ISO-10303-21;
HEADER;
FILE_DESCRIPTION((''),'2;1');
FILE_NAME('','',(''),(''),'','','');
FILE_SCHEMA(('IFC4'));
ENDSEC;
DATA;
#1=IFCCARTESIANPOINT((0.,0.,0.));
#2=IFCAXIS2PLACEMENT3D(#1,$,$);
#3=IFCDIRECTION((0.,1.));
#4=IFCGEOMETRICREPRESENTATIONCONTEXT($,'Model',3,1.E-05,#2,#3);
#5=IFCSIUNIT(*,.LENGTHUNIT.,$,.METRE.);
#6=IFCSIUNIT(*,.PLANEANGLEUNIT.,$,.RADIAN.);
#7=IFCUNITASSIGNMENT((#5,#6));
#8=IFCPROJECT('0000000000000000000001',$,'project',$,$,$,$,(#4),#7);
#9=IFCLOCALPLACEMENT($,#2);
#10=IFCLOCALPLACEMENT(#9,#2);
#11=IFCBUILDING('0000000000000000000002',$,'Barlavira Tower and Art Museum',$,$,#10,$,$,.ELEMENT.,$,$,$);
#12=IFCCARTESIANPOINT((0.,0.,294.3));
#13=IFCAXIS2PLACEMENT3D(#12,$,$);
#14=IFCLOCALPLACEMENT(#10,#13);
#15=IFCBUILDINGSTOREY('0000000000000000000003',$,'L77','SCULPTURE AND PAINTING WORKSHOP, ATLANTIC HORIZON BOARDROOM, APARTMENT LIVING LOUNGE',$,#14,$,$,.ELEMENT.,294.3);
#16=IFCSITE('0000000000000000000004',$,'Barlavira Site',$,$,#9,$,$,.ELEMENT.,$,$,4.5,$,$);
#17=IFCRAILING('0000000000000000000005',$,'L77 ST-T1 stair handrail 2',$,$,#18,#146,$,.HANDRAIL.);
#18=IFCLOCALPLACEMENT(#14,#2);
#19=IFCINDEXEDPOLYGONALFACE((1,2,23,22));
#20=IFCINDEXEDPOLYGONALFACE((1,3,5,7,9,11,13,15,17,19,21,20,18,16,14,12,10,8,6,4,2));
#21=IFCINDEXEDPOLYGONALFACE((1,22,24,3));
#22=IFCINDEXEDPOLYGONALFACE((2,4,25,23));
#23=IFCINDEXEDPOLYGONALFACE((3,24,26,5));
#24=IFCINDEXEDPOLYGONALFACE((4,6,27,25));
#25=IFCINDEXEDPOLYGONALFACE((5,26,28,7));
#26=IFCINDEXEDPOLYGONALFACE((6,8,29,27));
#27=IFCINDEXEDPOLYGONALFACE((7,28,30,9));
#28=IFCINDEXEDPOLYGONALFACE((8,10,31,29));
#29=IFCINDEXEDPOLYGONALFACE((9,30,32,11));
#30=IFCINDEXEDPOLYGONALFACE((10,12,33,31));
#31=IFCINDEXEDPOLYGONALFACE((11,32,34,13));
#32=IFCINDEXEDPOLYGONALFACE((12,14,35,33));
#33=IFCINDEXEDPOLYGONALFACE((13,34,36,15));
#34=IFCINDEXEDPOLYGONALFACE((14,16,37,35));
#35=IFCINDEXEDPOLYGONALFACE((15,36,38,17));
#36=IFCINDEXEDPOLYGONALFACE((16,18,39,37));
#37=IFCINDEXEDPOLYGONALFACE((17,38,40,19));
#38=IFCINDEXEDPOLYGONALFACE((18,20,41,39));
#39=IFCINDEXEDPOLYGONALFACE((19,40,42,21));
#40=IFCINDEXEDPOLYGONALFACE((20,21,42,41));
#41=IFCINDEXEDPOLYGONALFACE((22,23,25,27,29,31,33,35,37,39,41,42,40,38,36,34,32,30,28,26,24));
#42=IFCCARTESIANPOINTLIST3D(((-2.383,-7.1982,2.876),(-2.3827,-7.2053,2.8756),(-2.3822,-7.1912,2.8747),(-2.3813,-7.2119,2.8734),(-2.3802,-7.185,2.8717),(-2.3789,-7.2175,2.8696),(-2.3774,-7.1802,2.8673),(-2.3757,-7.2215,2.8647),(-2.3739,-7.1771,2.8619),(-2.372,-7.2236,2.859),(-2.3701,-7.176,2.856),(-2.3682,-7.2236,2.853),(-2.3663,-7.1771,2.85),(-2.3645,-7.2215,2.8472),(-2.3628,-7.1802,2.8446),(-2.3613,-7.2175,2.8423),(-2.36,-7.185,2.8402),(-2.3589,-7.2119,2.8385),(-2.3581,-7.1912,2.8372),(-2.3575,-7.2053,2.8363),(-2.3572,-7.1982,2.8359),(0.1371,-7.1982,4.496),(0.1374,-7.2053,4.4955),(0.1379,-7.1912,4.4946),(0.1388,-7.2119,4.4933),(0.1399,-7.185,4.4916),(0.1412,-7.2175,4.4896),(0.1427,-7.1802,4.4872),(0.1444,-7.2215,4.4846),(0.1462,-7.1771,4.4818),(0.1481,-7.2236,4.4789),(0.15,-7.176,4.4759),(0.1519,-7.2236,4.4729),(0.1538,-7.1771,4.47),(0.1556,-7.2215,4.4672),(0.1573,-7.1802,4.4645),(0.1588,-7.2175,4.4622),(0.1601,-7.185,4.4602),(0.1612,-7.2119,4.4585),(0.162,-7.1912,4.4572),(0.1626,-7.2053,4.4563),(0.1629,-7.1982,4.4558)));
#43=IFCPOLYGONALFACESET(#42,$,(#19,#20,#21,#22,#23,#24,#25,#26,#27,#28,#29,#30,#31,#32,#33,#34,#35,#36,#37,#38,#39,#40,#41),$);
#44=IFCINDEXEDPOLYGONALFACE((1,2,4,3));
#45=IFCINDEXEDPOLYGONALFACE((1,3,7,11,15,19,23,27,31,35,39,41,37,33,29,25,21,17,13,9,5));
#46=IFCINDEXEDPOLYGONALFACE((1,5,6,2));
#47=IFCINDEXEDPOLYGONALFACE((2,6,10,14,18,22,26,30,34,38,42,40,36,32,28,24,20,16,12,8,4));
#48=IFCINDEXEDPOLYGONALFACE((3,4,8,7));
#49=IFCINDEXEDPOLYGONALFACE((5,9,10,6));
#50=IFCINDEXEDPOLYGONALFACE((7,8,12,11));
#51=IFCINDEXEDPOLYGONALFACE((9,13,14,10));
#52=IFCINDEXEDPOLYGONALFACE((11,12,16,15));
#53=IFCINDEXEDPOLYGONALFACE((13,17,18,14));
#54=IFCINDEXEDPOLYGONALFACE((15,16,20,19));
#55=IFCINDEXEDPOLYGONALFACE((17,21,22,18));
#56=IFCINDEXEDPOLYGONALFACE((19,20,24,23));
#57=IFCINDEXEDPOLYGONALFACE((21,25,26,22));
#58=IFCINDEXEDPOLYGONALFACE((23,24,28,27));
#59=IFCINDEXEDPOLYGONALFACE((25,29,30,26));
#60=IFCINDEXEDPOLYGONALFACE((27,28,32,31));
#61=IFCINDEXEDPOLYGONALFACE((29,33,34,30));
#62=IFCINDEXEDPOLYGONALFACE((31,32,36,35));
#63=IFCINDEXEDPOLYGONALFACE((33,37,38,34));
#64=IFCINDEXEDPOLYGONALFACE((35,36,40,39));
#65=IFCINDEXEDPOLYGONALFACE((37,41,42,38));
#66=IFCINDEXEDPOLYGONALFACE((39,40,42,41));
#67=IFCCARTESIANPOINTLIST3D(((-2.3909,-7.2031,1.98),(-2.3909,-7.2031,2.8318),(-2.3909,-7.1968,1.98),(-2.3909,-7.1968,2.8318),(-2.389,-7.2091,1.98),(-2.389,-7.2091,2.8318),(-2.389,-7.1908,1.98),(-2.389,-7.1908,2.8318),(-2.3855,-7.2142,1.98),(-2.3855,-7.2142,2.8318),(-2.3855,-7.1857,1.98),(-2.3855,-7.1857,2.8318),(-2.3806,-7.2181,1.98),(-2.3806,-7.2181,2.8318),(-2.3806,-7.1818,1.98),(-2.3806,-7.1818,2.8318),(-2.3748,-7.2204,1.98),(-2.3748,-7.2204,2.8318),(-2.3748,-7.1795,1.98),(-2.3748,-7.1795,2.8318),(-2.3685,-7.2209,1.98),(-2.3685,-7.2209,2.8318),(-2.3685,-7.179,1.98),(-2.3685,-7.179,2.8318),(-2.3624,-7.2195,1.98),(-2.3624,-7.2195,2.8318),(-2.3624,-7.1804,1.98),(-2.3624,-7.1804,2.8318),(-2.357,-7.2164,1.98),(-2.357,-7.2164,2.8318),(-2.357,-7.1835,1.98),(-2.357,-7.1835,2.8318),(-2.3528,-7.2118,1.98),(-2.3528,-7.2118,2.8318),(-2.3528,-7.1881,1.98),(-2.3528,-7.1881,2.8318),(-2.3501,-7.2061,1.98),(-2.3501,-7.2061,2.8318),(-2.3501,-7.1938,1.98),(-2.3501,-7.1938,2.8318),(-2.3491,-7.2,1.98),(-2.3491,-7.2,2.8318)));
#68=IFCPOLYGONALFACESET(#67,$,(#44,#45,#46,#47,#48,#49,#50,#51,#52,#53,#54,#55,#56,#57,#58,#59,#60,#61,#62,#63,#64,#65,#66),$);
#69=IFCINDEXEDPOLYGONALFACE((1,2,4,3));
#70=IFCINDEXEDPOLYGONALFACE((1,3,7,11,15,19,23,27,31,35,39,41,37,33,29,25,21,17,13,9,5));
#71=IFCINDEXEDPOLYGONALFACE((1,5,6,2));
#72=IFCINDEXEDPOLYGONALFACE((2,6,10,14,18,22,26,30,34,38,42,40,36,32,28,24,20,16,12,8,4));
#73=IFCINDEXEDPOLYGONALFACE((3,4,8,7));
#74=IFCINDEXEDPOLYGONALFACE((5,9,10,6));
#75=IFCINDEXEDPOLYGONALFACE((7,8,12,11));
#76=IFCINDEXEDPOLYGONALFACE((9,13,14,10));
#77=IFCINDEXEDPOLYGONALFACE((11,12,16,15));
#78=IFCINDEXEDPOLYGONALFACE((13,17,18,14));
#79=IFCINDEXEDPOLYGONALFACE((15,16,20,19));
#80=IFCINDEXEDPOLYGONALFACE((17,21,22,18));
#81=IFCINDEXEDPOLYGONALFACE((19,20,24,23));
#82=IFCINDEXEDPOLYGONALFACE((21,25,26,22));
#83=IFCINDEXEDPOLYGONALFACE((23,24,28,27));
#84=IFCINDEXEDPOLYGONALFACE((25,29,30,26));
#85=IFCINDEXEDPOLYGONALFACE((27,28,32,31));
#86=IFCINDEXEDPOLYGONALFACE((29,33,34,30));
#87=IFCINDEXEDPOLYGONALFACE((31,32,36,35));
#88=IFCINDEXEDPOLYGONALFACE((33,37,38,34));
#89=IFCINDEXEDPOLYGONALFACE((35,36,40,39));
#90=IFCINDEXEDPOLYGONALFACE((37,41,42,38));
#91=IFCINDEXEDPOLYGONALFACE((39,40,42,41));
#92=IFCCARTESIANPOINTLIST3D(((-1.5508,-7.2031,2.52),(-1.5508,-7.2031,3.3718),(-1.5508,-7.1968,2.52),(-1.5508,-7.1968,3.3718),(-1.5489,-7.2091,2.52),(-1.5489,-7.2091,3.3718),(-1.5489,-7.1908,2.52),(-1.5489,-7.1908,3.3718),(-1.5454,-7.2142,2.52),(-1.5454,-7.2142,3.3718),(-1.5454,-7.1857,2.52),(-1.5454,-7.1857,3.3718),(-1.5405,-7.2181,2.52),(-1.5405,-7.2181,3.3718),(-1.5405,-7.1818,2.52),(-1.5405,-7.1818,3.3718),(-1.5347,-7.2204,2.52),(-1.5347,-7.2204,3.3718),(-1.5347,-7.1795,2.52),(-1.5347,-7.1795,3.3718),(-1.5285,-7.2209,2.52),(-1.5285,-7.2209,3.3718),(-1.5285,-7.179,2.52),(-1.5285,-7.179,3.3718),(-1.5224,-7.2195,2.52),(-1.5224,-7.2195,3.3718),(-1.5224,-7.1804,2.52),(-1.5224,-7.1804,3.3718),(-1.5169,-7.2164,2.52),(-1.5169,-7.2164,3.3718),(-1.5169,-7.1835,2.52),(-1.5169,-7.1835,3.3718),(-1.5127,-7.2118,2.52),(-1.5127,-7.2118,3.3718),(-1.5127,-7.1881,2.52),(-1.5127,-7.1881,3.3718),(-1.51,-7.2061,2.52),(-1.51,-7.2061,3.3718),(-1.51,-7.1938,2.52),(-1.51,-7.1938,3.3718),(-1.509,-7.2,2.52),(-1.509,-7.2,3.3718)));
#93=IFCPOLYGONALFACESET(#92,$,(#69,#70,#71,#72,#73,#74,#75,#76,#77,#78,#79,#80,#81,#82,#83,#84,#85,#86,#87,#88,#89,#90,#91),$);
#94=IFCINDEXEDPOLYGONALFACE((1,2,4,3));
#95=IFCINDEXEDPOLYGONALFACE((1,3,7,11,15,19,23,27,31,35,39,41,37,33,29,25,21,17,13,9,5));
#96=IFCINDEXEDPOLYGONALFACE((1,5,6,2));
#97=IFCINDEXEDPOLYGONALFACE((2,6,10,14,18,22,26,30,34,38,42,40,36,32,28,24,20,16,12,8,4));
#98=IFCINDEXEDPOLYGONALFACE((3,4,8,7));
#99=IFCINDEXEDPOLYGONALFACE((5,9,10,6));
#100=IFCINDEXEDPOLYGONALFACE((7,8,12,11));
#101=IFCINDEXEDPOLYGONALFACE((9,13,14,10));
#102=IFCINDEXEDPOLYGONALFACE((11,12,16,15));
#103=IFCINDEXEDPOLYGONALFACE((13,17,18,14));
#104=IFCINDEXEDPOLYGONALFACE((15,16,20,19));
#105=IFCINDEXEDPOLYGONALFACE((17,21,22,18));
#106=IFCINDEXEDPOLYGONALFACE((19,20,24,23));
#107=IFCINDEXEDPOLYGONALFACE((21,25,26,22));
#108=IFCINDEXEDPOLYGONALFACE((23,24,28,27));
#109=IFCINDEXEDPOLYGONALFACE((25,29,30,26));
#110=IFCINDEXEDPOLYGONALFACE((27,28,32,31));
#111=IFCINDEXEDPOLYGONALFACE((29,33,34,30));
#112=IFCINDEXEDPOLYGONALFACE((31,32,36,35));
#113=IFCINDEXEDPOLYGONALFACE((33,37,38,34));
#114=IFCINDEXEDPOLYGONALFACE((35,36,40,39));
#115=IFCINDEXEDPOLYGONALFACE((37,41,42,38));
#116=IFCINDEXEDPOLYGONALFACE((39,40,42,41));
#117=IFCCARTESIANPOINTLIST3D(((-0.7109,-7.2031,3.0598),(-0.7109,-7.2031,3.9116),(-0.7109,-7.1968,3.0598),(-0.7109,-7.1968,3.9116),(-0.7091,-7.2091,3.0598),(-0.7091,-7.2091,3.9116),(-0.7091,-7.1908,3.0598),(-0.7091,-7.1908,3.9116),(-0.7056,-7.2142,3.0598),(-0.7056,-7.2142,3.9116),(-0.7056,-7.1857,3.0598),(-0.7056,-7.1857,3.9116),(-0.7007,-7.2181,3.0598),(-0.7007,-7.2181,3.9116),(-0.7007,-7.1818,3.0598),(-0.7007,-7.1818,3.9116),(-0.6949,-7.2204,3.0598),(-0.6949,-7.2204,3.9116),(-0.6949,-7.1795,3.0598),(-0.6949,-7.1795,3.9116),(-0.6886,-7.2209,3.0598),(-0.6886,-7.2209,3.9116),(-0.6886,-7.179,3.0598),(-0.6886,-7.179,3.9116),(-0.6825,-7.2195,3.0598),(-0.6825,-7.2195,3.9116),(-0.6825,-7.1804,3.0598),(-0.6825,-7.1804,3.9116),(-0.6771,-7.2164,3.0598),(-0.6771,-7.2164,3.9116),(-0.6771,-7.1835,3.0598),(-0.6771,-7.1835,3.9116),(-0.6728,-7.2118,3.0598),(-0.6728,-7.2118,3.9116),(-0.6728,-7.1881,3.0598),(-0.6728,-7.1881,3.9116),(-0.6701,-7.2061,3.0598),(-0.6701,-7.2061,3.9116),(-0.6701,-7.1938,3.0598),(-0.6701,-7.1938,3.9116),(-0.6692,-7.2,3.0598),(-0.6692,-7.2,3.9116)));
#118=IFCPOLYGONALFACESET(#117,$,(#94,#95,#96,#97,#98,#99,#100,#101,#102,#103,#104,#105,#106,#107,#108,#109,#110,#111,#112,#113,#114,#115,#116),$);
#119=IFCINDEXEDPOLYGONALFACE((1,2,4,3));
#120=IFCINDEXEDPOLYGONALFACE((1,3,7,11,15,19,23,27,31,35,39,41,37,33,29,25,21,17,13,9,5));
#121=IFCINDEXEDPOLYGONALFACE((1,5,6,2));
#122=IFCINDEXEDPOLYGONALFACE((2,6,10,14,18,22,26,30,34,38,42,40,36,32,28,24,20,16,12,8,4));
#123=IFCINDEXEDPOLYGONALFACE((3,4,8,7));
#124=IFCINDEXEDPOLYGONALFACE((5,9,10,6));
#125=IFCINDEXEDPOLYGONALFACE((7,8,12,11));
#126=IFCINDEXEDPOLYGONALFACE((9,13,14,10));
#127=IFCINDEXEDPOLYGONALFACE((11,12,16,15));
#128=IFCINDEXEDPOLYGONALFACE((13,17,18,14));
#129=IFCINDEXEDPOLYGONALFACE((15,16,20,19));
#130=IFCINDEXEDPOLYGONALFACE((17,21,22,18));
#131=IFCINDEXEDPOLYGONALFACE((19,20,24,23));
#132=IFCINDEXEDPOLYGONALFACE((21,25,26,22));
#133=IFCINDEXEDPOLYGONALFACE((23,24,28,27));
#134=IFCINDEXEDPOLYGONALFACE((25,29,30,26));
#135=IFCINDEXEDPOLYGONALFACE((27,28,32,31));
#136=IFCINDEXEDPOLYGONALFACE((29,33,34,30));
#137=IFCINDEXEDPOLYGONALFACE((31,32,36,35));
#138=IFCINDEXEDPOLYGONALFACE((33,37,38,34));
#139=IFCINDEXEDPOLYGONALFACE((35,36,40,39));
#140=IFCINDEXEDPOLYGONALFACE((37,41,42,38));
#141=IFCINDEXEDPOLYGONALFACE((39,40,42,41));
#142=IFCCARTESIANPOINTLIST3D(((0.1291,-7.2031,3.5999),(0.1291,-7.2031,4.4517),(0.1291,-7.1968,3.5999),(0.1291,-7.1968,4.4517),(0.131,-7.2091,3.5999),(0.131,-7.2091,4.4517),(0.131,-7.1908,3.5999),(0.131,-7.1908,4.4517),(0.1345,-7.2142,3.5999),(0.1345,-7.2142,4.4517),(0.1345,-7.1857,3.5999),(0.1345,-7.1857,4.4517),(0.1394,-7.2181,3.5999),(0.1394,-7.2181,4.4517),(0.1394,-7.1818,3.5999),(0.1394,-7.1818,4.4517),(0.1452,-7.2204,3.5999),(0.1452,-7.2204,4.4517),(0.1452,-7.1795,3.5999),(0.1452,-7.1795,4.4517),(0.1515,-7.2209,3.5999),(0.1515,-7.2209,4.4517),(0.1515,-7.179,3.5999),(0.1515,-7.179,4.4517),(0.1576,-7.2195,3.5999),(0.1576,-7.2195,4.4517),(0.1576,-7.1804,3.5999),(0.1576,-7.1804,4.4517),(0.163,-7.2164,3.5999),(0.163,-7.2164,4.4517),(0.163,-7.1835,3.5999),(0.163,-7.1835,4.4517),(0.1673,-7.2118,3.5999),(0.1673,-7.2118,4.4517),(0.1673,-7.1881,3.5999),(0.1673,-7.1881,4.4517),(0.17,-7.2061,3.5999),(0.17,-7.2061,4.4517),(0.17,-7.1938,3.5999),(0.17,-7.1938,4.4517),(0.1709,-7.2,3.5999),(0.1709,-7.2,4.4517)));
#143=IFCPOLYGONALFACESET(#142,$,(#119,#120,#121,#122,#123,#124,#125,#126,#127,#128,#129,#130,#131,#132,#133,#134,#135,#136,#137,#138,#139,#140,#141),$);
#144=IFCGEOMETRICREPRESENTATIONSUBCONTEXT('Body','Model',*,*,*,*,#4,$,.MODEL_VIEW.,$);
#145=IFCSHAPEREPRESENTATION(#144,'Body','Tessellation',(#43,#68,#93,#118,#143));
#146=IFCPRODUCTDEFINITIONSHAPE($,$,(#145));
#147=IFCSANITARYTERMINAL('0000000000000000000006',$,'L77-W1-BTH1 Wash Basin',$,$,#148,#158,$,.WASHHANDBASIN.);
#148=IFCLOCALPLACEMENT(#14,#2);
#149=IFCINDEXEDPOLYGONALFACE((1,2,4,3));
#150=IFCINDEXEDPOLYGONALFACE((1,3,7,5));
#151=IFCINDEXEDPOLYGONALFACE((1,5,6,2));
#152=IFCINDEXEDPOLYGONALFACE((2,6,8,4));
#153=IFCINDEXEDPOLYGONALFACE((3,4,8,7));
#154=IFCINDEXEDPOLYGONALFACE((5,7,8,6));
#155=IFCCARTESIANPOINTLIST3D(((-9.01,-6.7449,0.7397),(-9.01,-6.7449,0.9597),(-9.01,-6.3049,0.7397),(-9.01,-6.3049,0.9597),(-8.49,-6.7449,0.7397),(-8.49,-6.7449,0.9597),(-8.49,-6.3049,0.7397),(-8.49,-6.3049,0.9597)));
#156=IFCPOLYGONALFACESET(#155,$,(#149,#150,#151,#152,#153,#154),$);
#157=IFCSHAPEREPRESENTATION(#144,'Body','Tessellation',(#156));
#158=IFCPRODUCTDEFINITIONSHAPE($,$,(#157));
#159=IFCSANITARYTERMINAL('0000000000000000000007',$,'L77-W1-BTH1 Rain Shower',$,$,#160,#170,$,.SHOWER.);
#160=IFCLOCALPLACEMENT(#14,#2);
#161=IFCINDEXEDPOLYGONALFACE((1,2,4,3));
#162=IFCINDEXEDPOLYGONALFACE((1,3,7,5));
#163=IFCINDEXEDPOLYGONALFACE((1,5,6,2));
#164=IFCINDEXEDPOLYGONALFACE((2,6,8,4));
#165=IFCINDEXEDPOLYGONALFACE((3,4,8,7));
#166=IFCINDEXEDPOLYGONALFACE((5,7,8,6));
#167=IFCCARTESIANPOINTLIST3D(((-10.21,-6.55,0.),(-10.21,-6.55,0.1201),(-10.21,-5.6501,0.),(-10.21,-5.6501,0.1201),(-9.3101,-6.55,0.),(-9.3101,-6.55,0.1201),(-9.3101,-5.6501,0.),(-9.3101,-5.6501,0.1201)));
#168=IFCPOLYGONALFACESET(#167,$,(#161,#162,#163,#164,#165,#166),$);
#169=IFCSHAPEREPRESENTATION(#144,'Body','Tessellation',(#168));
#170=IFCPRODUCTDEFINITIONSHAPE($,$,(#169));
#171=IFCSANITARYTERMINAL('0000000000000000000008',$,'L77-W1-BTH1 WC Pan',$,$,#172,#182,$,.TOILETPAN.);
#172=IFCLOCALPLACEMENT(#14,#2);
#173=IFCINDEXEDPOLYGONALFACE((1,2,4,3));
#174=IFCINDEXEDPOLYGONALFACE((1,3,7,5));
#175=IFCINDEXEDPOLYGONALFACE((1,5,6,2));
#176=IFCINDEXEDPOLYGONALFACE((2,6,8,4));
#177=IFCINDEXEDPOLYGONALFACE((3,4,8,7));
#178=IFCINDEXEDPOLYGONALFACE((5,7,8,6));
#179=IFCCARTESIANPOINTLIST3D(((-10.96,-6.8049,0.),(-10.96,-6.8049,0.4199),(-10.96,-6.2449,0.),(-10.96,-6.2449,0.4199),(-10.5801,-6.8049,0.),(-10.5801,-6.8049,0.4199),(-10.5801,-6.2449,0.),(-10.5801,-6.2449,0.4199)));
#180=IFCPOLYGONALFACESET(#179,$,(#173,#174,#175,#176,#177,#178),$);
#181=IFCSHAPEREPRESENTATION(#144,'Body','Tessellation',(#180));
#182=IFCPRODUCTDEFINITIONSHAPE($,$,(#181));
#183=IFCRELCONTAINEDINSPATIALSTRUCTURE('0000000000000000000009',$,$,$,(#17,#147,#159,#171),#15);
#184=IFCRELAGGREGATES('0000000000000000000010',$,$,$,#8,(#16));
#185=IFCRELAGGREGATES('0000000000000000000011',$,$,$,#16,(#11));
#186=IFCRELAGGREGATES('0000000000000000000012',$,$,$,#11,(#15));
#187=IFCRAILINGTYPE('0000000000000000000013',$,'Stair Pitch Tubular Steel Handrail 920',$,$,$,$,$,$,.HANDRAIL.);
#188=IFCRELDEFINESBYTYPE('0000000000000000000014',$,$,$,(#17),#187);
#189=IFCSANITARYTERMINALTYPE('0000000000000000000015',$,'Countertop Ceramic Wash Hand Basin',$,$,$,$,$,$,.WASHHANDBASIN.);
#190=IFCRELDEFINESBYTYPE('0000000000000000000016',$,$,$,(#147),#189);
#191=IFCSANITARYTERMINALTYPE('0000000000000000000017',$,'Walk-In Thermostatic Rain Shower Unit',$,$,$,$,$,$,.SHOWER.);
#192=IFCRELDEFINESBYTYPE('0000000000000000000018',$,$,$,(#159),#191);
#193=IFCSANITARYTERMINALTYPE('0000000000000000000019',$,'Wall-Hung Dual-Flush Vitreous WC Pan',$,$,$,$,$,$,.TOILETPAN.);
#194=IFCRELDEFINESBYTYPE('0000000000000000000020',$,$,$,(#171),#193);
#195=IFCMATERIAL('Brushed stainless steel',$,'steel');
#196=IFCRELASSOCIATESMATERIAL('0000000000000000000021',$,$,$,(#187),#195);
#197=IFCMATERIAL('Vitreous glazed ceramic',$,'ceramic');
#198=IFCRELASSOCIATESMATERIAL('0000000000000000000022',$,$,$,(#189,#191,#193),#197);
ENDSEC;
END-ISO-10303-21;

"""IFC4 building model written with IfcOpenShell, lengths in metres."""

from ifc_helpers import new_model, si_unit, direction, frame, origin, origin_2d, place, context, subcontext, project, spatial, rectangle, circle, extrude, material, type_object, element, save


model = new_model("IFC4")

# Units and contexts
model_context = context("Model", 3, precision=1e-05, world=origin(), true_north=direction((0.0, 1.0)))
body_context = subcontext(model_context, "Body", "Model", "MODEL_VIEW")
ifc_project = project(units=[si_unit("LENGTHUNIT", "METRE"), si_unit("PLANEANGLEUNIT", "RADIAN")], contexts=[model_context])

# Site, building, storey
site_placement = place(None, origin())
site = spatial("IfcSite", under=ifc_project, at=site_placement, Name="Barlavira Site", CompositionType="ELEMENT", RefElevation=4.5)
building_placement = place(site_placement, origin())
building = spatial("IfcBuilding", under=site, at=building_placement, Name="Barlavira Tower and Art Museum", CompositionType="ELEMENT")
storey_placement = place(building_placement, frame((0.0, 0.0, 294.3)))
storey = spatial("IfcBuildingStorey", under=building, at=storey_placement, Name="L77", Description="SCULPTURE AND PAINTING WORKSHOP, ATLANTIC HORIZON BOARDROOM, APARTMENT LIVING LOUNGE", CompositionType="ELEMENT", Elevation=294.3)

# Shared definitions
ifc_material_1 = material(Name="Brushed stainless steel", Category="steel")

# Railing
railing_type_1 = type_object("IfcRailingType", Name="Stair Pitch Tubular Steel Handrail 920", PredefinedType="HANDRAIL", material=ifc_material_1)
railing_1_placement = place(storey_placement, frame((-2.3701, -7.2, 1.98)))
element("IfcRailing", 1, at=railing_1_placement, inside=storey, type_object=railing_type_1, Name="L77 ST-T1 stair handrail 2", PredefinedType="HANDRAIL", context=body_context, shape_type="SweptSolid", body=[
    extrude(circle(Radius=0.0239, at=origin_2d()), frame((0.0, 0.0, 0.876), z_axis=(0.8412, 0.0, 0.540725), x_axis=(0.0, 1.0, 0.0)), (0.0, 0.0, 1.0), 2.9958),
    extrude(circle(Radius=0.021, at=origin_2d()), origin(), (0.0, 0.0, 1.0), 0.8518),
    extrude(circle(Radius=0.021, at=origin_2d()), frame((0.8401, 0.0, 0.54)), (0.0, 0.0, 1.0), 0.8518),
    extrude(circle(Radius=0.021, at=origin_2d()), frame((1.6799, 0.0, 1.0798)), (0.0, 0.0, 1.0), 0.8518),
    extrude(circle(Radius=0.021, at=origin_2d()), frame((2.52, 0.0, 1.6199)), (0.0, 0.0, 1.0), 0.8518),
])

# Sanitary terminals
ifc_material_2 = material(Name="Vitreous glazed ceramic", Category="ceramic")
sanitary_terminal_type_1 = type_object("IfcSanitaryTerminalType", Name="Countertop Ceramic Wash Hand Basin", PredefinedType="WASHHANDBASIN", material=ifc_material_2)
sanitary_terminal_1_placement = place(storey_placement, frame((-8.75, -6.5249, 0.7397), z_axis=(0.0, 0.0, 1.0), x_axis=(1.0, 0.0, 0.0)))
element("IfcSanitaryTerminal", 2, at=sanitary_terminal_1_placement, inside=storey, type_object=sanitary_terminal_type_1, Name="L77-W1-BTH1 Wash Basin", PredefinedType="WASHHANDBASIN", context=body_context, shape_type="SweptSolid", body=[
    extrude(rectangle(XDim=0.52, YDim=0.4399, at=origin_2d()), origin(), (0.0, 0.0, 1.0), 0.22),
])
sanitary_terminal_type_2 = type_object("IfcSanitaryTerminalType", Name="Walk-In Thermostatic Rain Shower Unit", PredefinedType="SHOWER", material=ifc_material_2)
sanitary_terminal_2_placement = place(storey_placement, frame((-9.76, -6.1001, 0.0), z_axis=(0.0, 0.0, 1.0), x_axis=(1.0, 0.0, 0.0)))
element("IfcSanitaryTerminal", 3, at=sanitary_terminal_2_placement, inside=storey, type_object=sanitary_terminal_type_2, Name="L77-W1-BTH1 Rain Shower", PredefinedType="SHOWER", context=body_context, shape_type="SweptSolid", body=[
    extrude(rectangle(XDim=0.8999, YDim=0.8999, at=origin_2d()), origin(), (0.0, 0.0, 1.0), 0.1201),
])
sanitary_terminal_type_3 = type_object("IfcSanitaryTerminalType", Name="Wall-Hung Dual-Flush Vitreous WC Pan", PredefinedType="TOILETPAN", material=ifc_material_2)
sanitary_terminal_3_placement = place(storey_placement, frame((-10.77, -6.5249, 0.0), z_axis=(0.0, 0.0, 1.0), x_axis=(1.0, 0.0, 0.0)))
element("IfcSanitaryTerminal", 4, at=sanitary_terminal_3_placement, inside=storey, type_object=sanitary_terminal_type_3, Name="L77-W1-BTH1 WC Pan", PredefinedType="TOILETPAN", context=body_context, shape_type="SweptSolid", body=[
    extrude(rectangle(XDim=0.3799, YDim=0.5601, at=origin_2d()), origin(), (0.0, 0.0, 1.0), 0.4199),
])

save(model, "model.ifc")
